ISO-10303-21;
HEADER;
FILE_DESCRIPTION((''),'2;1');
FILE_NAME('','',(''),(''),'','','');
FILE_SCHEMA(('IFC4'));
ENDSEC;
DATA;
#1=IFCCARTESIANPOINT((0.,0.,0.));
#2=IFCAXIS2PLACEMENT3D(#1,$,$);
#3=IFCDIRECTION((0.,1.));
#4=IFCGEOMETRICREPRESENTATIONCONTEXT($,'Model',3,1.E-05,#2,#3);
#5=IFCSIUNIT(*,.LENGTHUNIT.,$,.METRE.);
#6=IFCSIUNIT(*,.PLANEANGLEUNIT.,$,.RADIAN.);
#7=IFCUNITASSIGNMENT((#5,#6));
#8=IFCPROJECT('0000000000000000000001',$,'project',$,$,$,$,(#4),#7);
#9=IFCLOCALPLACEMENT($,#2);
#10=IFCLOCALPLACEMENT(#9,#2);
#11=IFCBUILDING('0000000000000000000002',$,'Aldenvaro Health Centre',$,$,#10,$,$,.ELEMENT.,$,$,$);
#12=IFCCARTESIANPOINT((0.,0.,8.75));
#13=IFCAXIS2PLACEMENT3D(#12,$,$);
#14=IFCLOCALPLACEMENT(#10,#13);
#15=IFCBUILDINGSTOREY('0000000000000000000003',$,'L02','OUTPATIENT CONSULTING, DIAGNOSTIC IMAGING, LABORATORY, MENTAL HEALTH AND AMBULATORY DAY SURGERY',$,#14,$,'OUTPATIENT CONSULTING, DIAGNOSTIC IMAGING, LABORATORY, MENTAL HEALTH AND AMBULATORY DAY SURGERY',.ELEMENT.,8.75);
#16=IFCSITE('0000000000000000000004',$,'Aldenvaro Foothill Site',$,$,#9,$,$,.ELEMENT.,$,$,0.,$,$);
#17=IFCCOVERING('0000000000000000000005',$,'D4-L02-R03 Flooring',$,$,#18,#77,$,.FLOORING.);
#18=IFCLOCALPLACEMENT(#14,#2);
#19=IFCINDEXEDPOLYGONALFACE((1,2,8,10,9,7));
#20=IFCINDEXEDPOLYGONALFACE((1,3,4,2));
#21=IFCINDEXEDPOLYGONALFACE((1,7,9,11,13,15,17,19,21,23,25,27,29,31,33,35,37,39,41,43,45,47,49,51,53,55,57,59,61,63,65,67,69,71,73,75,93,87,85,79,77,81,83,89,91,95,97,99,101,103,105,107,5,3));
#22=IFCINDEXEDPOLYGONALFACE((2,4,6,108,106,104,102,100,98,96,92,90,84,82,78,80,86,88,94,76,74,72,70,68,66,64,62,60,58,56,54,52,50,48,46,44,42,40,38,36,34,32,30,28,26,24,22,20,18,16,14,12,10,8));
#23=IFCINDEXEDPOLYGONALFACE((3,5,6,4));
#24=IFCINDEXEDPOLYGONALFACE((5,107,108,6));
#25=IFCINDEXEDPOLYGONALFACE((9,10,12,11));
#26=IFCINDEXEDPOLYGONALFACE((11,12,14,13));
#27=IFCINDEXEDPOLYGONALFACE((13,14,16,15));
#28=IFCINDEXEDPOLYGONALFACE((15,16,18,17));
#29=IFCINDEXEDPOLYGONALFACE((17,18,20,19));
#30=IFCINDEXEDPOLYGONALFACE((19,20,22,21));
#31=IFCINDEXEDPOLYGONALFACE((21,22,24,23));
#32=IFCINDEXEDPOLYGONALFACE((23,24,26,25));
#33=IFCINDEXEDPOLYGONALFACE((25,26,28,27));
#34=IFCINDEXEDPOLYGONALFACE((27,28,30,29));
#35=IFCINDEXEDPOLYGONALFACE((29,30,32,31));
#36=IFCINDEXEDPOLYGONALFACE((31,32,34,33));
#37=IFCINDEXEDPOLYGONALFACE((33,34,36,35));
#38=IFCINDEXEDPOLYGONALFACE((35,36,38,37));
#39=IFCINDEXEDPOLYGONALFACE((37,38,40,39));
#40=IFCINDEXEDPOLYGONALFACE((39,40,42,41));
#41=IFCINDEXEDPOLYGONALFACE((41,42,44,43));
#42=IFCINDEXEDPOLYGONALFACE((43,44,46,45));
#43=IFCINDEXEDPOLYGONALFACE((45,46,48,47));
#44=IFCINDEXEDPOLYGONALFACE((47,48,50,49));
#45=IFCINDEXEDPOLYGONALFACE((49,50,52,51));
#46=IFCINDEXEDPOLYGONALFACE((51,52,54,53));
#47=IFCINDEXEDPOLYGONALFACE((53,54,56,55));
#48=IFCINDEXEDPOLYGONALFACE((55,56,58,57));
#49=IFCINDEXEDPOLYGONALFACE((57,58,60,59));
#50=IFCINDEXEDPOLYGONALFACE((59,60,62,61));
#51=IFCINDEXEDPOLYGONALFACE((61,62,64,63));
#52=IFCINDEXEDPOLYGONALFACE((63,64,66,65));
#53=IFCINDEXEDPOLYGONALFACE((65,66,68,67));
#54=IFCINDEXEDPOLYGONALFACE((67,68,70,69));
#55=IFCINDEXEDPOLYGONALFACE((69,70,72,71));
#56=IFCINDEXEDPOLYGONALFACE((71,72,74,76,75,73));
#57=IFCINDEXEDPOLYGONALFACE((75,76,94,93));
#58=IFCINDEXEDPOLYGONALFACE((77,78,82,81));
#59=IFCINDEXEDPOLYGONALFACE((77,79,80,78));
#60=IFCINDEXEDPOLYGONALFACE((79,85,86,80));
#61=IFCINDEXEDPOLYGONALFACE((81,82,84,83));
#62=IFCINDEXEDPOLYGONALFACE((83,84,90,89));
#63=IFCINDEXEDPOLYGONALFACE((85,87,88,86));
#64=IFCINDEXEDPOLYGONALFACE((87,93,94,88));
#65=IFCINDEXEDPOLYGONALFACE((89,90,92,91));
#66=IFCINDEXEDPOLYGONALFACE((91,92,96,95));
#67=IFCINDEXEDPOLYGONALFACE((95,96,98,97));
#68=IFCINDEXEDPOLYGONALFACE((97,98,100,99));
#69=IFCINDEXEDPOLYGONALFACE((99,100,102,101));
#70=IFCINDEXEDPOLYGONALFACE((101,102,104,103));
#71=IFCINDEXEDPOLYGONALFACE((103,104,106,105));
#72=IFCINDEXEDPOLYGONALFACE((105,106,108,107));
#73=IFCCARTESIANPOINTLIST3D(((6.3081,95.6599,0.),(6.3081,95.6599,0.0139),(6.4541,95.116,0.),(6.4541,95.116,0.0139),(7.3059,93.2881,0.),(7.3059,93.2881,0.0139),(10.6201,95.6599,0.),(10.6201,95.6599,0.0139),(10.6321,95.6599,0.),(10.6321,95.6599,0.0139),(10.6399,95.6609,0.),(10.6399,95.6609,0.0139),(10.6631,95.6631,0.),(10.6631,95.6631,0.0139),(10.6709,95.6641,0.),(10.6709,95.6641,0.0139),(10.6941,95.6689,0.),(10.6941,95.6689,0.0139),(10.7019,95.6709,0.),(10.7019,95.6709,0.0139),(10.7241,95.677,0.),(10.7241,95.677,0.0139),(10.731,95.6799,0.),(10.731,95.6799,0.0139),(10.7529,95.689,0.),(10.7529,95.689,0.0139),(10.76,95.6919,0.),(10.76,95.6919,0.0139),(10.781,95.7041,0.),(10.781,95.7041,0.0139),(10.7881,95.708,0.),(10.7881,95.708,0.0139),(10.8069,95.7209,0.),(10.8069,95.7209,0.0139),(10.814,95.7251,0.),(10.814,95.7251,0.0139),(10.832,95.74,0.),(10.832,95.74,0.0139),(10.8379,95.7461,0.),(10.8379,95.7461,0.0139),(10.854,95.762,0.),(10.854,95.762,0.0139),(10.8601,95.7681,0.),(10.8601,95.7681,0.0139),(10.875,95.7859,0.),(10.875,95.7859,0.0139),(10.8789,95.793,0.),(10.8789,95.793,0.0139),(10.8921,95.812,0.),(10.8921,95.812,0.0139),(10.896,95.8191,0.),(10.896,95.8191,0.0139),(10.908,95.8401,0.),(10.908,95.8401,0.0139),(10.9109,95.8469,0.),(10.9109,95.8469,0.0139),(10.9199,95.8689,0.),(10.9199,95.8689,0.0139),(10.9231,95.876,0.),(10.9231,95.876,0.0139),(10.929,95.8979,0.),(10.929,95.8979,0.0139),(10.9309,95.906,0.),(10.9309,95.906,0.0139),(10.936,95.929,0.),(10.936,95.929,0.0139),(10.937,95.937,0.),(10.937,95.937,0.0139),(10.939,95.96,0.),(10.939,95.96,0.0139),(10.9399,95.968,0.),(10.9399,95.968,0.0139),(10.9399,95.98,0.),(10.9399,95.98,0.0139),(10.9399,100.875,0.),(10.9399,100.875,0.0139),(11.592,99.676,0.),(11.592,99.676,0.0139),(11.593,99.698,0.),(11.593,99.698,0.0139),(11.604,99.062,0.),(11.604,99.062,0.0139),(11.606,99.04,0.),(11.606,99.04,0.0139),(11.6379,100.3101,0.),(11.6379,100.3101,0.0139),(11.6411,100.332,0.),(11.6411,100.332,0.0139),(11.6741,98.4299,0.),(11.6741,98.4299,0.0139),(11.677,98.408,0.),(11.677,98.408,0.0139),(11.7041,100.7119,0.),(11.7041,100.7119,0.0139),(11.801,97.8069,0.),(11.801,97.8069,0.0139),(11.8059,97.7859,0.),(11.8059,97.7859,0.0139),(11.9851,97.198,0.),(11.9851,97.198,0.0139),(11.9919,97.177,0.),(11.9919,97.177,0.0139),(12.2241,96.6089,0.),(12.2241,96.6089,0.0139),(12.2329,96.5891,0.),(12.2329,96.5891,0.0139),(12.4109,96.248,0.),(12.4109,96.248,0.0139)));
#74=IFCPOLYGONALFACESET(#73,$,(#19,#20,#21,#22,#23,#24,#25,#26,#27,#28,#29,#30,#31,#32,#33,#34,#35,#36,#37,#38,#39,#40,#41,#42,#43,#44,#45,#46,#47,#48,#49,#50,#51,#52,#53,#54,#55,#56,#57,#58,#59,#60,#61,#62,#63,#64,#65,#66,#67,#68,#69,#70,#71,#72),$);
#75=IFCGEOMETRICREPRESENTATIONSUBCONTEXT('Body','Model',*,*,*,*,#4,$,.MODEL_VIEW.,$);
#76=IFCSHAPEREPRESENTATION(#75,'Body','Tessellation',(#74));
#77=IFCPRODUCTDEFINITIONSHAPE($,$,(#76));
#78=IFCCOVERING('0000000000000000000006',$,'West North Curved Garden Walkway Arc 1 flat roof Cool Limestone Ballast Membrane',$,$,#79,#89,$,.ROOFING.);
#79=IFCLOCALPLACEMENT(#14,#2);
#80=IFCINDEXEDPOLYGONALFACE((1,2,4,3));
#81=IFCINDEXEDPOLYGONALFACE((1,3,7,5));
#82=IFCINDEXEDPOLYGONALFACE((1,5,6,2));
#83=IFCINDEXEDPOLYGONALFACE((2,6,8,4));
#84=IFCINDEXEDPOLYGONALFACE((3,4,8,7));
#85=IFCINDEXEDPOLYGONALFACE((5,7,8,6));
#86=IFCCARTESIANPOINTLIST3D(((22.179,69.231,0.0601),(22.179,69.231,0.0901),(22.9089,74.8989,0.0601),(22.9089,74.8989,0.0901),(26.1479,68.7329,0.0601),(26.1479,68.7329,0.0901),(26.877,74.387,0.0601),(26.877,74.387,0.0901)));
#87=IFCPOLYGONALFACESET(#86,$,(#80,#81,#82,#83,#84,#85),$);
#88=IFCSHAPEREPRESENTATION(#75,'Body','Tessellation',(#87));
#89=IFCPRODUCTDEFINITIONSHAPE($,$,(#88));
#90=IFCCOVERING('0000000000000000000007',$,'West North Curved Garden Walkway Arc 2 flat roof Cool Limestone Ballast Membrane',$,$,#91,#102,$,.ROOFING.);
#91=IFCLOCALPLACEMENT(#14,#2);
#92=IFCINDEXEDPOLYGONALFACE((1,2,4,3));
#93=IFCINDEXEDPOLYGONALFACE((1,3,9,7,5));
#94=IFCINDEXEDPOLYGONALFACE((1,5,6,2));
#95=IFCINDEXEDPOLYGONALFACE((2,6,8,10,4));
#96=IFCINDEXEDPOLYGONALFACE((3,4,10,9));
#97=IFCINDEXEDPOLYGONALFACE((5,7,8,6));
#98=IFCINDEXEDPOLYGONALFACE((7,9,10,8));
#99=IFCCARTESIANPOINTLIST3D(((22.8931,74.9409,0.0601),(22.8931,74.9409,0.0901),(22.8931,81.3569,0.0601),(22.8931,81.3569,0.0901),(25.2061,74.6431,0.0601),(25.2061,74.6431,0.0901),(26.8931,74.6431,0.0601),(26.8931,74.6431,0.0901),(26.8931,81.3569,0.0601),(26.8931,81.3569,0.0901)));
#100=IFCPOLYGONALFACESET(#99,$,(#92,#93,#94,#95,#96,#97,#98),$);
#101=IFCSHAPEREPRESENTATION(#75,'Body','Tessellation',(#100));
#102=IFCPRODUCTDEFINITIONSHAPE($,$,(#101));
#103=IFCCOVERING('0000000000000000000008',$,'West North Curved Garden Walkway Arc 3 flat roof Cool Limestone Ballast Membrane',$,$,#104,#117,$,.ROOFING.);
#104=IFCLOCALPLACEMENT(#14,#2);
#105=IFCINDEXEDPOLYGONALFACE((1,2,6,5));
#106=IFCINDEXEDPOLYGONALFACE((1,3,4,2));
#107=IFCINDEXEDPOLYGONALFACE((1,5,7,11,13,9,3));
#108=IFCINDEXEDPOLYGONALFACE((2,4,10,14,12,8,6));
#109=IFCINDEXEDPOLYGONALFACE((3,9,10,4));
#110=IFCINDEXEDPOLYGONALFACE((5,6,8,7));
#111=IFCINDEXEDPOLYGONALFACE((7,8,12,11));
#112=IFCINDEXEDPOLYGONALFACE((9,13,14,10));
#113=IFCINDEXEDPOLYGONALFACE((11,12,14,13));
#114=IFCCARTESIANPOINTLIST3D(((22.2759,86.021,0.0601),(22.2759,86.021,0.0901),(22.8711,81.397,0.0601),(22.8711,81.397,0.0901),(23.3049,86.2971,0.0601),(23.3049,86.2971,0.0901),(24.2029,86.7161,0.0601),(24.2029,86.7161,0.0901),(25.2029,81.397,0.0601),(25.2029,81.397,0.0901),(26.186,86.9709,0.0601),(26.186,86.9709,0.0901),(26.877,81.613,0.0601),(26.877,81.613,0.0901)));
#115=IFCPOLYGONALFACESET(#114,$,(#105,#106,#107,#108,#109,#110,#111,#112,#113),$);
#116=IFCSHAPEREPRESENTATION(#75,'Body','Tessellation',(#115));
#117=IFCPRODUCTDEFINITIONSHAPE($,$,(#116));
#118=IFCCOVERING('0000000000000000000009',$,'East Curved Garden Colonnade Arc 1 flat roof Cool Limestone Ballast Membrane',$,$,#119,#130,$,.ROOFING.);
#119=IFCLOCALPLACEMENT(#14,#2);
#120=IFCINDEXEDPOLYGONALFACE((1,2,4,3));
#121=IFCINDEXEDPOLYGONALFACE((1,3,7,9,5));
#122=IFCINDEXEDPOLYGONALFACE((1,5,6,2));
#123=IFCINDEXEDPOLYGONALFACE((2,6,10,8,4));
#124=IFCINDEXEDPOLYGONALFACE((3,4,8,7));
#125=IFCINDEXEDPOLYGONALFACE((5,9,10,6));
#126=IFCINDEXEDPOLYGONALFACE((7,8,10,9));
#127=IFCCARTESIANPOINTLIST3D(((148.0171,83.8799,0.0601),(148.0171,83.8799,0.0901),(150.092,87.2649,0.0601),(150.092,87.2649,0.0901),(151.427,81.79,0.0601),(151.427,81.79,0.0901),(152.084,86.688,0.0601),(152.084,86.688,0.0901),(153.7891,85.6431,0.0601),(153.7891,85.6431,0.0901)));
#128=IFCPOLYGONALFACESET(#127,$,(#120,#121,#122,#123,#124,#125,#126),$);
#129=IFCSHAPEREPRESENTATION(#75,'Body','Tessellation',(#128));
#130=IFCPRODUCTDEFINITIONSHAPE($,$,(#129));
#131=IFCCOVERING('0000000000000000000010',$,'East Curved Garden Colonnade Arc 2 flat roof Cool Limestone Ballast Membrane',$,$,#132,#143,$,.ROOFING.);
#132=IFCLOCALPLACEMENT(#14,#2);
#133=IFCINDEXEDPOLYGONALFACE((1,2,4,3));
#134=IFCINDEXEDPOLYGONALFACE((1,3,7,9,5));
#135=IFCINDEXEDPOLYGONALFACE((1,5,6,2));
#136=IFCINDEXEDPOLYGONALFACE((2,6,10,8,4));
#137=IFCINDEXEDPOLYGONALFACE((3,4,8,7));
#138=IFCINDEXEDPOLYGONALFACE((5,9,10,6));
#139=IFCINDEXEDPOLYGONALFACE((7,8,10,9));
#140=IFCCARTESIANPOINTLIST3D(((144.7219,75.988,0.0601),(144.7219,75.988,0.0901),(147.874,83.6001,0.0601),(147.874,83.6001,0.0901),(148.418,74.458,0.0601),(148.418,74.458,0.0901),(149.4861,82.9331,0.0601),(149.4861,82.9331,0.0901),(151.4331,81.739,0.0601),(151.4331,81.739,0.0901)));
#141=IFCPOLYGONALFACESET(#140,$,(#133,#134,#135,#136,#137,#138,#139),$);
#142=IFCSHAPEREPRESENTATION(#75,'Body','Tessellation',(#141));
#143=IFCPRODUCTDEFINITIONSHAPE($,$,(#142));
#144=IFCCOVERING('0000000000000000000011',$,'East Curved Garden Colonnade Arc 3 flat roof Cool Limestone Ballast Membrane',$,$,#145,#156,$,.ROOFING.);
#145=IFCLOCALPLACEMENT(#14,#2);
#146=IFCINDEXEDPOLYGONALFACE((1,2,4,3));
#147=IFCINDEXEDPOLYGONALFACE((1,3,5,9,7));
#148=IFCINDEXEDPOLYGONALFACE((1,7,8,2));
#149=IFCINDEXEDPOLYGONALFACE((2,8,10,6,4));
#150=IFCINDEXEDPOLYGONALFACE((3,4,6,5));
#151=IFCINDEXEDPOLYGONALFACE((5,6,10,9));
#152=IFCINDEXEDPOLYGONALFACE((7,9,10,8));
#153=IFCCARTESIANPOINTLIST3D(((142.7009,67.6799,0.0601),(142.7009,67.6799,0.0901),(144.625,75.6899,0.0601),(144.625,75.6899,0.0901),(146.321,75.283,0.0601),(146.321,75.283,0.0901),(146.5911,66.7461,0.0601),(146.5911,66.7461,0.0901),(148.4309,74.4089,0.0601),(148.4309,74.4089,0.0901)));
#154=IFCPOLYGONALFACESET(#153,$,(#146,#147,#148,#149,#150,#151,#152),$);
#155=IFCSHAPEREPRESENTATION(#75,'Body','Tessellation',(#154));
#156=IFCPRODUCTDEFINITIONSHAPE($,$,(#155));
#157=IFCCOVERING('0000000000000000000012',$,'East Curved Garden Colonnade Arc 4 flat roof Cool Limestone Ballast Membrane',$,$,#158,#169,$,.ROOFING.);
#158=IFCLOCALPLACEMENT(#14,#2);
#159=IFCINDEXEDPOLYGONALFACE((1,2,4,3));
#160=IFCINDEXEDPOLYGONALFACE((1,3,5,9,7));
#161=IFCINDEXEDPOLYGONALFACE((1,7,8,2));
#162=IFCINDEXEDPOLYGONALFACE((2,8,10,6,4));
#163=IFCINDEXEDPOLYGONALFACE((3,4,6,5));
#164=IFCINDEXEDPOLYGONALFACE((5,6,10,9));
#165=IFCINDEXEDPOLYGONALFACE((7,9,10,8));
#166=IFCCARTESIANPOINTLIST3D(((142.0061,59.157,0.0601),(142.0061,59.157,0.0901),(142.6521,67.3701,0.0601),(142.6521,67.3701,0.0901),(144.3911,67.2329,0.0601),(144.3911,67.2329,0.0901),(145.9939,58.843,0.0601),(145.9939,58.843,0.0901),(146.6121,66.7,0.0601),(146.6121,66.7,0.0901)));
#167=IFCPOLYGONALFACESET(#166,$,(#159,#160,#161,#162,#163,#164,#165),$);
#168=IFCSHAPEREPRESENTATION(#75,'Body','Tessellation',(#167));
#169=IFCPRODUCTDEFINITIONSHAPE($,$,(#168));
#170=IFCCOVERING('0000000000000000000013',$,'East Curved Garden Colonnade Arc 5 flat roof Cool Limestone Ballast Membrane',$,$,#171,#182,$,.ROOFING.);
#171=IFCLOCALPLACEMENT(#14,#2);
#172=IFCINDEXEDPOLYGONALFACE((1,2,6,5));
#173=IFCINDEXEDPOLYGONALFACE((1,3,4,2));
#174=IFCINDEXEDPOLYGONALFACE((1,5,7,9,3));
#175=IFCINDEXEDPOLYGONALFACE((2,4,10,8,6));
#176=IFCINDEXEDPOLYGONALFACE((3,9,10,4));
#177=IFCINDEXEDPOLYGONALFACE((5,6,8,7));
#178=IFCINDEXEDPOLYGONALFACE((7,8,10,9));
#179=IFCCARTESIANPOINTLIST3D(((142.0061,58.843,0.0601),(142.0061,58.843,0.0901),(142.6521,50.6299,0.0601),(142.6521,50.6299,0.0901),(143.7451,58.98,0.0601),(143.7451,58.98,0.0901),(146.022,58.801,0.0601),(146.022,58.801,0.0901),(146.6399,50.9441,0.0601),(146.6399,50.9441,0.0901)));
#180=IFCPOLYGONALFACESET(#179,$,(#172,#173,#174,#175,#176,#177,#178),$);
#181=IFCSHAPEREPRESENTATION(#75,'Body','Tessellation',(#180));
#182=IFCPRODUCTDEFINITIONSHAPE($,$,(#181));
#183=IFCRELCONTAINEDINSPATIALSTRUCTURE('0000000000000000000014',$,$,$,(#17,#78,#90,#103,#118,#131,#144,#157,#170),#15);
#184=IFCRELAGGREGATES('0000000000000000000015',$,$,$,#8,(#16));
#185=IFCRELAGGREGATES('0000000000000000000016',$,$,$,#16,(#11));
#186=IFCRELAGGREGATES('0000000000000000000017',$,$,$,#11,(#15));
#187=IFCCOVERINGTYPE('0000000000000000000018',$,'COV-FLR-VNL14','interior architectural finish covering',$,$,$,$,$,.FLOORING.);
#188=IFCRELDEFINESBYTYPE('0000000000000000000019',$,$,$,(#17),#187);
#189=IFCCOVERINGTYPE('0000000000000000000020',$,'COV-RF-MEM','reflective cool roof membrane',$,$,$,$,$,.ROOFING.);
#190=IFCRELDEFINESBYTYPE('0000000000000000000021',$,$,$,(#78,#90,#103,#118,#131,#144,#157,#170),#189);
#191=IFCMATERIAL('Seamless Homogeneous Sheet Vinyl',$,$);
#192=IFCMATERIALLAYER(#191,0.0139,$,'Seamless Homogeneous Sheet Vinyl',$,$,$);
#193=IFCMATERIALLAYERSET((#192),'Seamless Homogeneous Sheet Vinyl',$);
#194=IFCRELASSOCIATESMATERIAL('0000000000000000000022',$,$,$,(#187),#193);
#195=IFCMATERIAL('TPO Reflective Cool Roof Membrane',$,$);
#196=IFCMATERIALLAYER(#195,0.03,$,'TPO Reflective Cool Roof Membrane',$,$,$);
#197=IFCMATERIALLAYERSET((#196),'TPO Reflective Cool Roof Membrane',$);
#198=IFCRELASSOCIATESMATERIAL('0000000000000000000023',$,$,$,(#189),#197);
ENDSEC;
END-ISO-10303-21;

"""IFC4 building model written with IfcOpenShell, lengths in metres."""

from ifc_helpers import new_model, si_unit, direction, frame, origin, place, context, subcontext, project, spatial, polyline, outline, extrude, material, layer, layer_set, type_object, element, save


model = new_model("IFC4")

# Units and contexts
model_context = context("Model", 3, precision=1e-05, world=origin(), true_north=direction((0.0, 1.0)))
body_context = subcontext(model_context, "Body", "Model", "MODEL_VIEW")
ifc_project = project(units=[si_unit("LENGTHUNIT", "METRE"), si_unit("PLANEANGLEUNIT", "RADIAN")], contexts=[model_context])

# Site, building, storey
site_placement = place(None, origin())
site = spatial("IfcSite", under=ifc_project, at=site_placement, Name="Aldenvaro Foothill Site", CompositionType="ELEMENT", RefElevation=0.0)
building_placement = place(site_placement, origin())
building = spatial("IfcBuilding", under=site, at=building_placement, Name="Aldenvaro Health Centre", CompositionType="ELEMENT")
storey_placement = place(building_placement, frame((0.0, 0.0, 8.75)))
storey = spatial("IfcBuildingStorey", under=building, at=storey_placement, Name="L02", Description="OUTPATIENT CONSULTING, DIAGNOSTIC IMAGING, LABORATORY, MENTAL HEALTH AND AMBULATORY DAY SURGERY", LongName="OUTPATIENT CONSULTING, DIAGNOSTIC IMAGING, LABORATORY, MENTAL HEALTH AND AMBULATORY DAY SURGERY", CompositionType="ELEMENT", Elevation=8.75)

# Coverings
ifc_material_1 = material(Name="Seamless Homogeneous Sheet Vinyl")
ifc_layer_1 = layer(ifc_material_1, 0.0139, Name="Seamless Homogeneous Sheet Vinyl")
ifc_layer_set_1 = layer_set([ifc_layer_1], Name="Seamless Homogeneous Sheet Vinyl")
covering_type_1 = type_object("IfcCoveringType", Name="COV-FLR-VNL14", Description="interior architectural finish covering", PredefinedType="FLOORING", material=ifc_layer_set_1)
covering_1_placement = place(storey_placement, origin())
element("IfcCovering", 1, at=covering_1_placement, inside=storey, type_object=covering_type_1, Name="D4-L02-R03 Flooring", PredefinedType="FLOORING", context=body_context, shape_type="SweptSolid", body=[
    extrude(outline(polyline([(7.3059, 93.2881), (6.4541, 95.116), (6.3081, 95.6599), (10.6201, 95.6599), (10.6321, 95.6599), (10.6399, 95.6609), (10.6631, 95.6631), (10.6709, 95.6641), (10.6941, 95.6689), (10.7019, 95.6709), (10.7241, 95.677), (10.731, 95.6799), (10.7529, 95.689), (10.76, 95.6919), (10.781, 95.7041), (10.7881, 95.708), (10.8069, 95.7209), (10.814, 95.7251), (10.832, 95.74), (10.8379, 95.7461), (10.854, 95.762), (10.8601, 95.7681), (10.875, 95.7859), (10.8789, 95.793), (10.8921, 95.812), (10.896, 95.8191), (10.908, 95.8401), (10.9109, 95.8469), (10.9199, 95.8689), (10.9231, 95.876), (10.929, 95.8979), (10.9309, 95.906), (10.936, 95.929), (10.937, 95.937), (10.939, 95.96), (10.9399, 95.968), (10.9399, 95.98), (10.9399, 100.875), (11.7041, 100.7119), (11.6411, 100.332), (11.6379, 100.3101), (11.593, 99.698), (11.592, 99.676), (11.604, 99.062), (11.606, 99.04), (11.6741, 98.4299), (11.677, 98.408), (11.801, 97.8069), (11.8059, 97.7859), (11.9851, 97.198), (11.9919, 97.177), (12.2241, 96.6089), (12.2329, 96.5891), (12.4109, 96.248), (7.3059, 93.2881)])), origin(), (0.0, 0.0, 1.0), 0.0139),
])
ifc_material_2 = material(Name="TPO Reflective Cool Roof Membrane")
ifc_layer_2 = layer(ifc_material_2, 0.03, Name="TPO Reflective Cool Roof Membrane")
ifc_layer_set_2 = layer_set([ifc_layer_2], Name="TPO Reflective Cool Roof Membrane")
covering_type_2 = type_object("IfcCoveringType", Name="COV-RF-MEM", Description="reflective cool roof membrane", PredefinedType="ROOFING", material=ifc_layer_set_2)
covering_2_placement = place(storey_placement, frame((0.0, 0.0, 0.0601)))
element("IfcCovering", 2, at=covering_2_placement, inside=storey, type_object=covering_type_2, Name="West North Curved Garden Walkway Arc 1 flat roof Cool Limestone Ballast Membrane", PredefinedType="ROOFING", context=body_context, shape_type="SweptSolid", body=[
    extrude(outline(polyline([(22.179, 69.231), (22.9089, 74.8989), (26.877, 74.387), (26.1479, 68.7329), (22.179, 69.231)])), origin(), (0.0, 0.0, 1.0), 0.03),
])
covering_3_placement = place(storey_placement, frame((0.0, 0.0, 0.0601)))
element("IfcCovering", 3, at=covering_3_placement, inside=storey, type_object=covering_type_2, Name="West North Curved Garden Walkway Arc 2 flat roof Cool Limestone Ballast Membrane", PredefinedType="ROOFING", context=body_context, shape_type="SweptSolid", body=[
    extrude(outline(polyline([(22.8931, 81.3569), (26.8931, 81.3569), (26.8931, 74.6431), (25.2061, 74.6431), (22.8931, 74.9409), (22.8931, 81.3569)])), origin(), (0.0, 0.0, 1.0), 0.03),
])
covering_4_placement = place(storey_placement, frame((0.0, 0.0, 0.0601)))
element("IfcCovering", 4, at=covering_4_placement, inside=storey, type_object=covering_type_2, Name="West North Curved Garden Walkway Arc 3 flat roof Cool Limestone Ballast Membrane", PredefinedType="ROOFING", context=body_context, shape_type="SweptSolid", body=[
    extrude(outline(polyline([(26.186, 86.9709), (26.877, 81.613), (25.2029, 81.397), (22.8711, 81.397), (22.2759, 86.021), (23.3049, 86.2971), (24.2029, 86.7161), (26.186, 86.9709)])), origin(), (0.0, 0.0, 1.0), 0.03),
])
covering_5_placement = place(storey_placement, frame((0.0, 0.0, 0.0601)))
element("IfcCovering", 5, at=covering_5_placement, inside=storey, type_object=covering_type_2, Name="East Curved Garden Colonnade Arc 1 flat roof Cool Limestone Ballast Membrane", PredefinedType="ROOFING", context=body_context, shape_type="SweptSolid", body=[
    extrude(outline(polyline([(153.7891, 85.6431), (151.427, 81.79), (148.0171, 83.8799), (150.092, 87.2649), (152.084, 86.688), (153.7891, 85.6431)])), origin(), (0.0, 0.0, 1.0), 0.03),
])
covering_6_placement = place(storey_placement, frame((0.0, 0.0, 0.0601)))
element("IfcCovering", 6, at=covering_6_placement, inside=storey, type_object=covering_type_2, Name="East Curved Garden Colonnade Arc 2 flat roof Cool Limestone Ballast Membrane", PredefinedType="ROOFING", context=body_context, shape_type="SweptSolid", body=[
    extrude(outline(polyline([(148.418, 74.458), (144.7219, 75.988), (147.874, 83.6001), (149.4861, 82.9331), (151.4331, 81.739), (148.418, 74.458)])), origin(), (0.0, 0.0, 1.0), 0.03),
])
covering_7_placement = place(storey_placement, frame((0.0, 0.0, 0.0601)))
element("IfcCovering", 7, at=covering_7_placement, inside=storey, type_object=covering_type_2, Name="East Curved Garden Colonnade Arc 3 flat roof Cool Limestone Ballast Membrane", PredefinedType="ROOFING", context=body_context, shape_type="SweptSolid", body=[
    extrude(outline(polyline([(146.5911, 66.7461), (142.7009, 67.6799), (144.625, 75.6899), (146.321, 75.283), (148.4309, 74.4089), (146.5911, 66.7461)])), origin(), (0.0, 0.0, 1.0), 0.03),
])
covering_8_placement = place(storey_placement, frame((0.0, 0.0, 0.0601)))
element("IfcCovering", 8, at=covering_8_placement, inside=storey, type_object=covering_type_2, Name="East Curved Garden Colonnade Arc 4 flat roof Cool Limestone Ballast Membrane", PredefinedType="ROOFING", context=body_context, shape_type="SweptSolid", body=[
    extrude(outline(polyline([(145.9939, 58.843), (142.0061, 59.157), (142.6521, 67.3701), (144.3911, 67.2329), (146.6121, 66.7), (145.9939, 58.843)])), origin(), (0.0, 0.0, 1.0), 0.03),
])
covering_9_placement = place(storey_placement, frame((0.0, 0.0, 0.0601)))
element("IfcCovering", 9, at=covering_9_placement, inside=storey, type_object=covering_type_2, Name="East Curved Garden Colonnade Arc 5 flat roof Cool Limestone Ballast Membrane", PredefinedType="ROOFING", context=body_context, shape_type="SweptSolid", body=[
    extrude(outline(polyline([(146.6399, 50.9441), (142.6521, 50.6299), (142.0061, 58.843), (143.7451, 58.98), (146.022, 58.801), (146.6399, 50.9441)])), origin(), (0.0, 0.0, 1.0), 0.03),
])

save(model, "model.ifc")
